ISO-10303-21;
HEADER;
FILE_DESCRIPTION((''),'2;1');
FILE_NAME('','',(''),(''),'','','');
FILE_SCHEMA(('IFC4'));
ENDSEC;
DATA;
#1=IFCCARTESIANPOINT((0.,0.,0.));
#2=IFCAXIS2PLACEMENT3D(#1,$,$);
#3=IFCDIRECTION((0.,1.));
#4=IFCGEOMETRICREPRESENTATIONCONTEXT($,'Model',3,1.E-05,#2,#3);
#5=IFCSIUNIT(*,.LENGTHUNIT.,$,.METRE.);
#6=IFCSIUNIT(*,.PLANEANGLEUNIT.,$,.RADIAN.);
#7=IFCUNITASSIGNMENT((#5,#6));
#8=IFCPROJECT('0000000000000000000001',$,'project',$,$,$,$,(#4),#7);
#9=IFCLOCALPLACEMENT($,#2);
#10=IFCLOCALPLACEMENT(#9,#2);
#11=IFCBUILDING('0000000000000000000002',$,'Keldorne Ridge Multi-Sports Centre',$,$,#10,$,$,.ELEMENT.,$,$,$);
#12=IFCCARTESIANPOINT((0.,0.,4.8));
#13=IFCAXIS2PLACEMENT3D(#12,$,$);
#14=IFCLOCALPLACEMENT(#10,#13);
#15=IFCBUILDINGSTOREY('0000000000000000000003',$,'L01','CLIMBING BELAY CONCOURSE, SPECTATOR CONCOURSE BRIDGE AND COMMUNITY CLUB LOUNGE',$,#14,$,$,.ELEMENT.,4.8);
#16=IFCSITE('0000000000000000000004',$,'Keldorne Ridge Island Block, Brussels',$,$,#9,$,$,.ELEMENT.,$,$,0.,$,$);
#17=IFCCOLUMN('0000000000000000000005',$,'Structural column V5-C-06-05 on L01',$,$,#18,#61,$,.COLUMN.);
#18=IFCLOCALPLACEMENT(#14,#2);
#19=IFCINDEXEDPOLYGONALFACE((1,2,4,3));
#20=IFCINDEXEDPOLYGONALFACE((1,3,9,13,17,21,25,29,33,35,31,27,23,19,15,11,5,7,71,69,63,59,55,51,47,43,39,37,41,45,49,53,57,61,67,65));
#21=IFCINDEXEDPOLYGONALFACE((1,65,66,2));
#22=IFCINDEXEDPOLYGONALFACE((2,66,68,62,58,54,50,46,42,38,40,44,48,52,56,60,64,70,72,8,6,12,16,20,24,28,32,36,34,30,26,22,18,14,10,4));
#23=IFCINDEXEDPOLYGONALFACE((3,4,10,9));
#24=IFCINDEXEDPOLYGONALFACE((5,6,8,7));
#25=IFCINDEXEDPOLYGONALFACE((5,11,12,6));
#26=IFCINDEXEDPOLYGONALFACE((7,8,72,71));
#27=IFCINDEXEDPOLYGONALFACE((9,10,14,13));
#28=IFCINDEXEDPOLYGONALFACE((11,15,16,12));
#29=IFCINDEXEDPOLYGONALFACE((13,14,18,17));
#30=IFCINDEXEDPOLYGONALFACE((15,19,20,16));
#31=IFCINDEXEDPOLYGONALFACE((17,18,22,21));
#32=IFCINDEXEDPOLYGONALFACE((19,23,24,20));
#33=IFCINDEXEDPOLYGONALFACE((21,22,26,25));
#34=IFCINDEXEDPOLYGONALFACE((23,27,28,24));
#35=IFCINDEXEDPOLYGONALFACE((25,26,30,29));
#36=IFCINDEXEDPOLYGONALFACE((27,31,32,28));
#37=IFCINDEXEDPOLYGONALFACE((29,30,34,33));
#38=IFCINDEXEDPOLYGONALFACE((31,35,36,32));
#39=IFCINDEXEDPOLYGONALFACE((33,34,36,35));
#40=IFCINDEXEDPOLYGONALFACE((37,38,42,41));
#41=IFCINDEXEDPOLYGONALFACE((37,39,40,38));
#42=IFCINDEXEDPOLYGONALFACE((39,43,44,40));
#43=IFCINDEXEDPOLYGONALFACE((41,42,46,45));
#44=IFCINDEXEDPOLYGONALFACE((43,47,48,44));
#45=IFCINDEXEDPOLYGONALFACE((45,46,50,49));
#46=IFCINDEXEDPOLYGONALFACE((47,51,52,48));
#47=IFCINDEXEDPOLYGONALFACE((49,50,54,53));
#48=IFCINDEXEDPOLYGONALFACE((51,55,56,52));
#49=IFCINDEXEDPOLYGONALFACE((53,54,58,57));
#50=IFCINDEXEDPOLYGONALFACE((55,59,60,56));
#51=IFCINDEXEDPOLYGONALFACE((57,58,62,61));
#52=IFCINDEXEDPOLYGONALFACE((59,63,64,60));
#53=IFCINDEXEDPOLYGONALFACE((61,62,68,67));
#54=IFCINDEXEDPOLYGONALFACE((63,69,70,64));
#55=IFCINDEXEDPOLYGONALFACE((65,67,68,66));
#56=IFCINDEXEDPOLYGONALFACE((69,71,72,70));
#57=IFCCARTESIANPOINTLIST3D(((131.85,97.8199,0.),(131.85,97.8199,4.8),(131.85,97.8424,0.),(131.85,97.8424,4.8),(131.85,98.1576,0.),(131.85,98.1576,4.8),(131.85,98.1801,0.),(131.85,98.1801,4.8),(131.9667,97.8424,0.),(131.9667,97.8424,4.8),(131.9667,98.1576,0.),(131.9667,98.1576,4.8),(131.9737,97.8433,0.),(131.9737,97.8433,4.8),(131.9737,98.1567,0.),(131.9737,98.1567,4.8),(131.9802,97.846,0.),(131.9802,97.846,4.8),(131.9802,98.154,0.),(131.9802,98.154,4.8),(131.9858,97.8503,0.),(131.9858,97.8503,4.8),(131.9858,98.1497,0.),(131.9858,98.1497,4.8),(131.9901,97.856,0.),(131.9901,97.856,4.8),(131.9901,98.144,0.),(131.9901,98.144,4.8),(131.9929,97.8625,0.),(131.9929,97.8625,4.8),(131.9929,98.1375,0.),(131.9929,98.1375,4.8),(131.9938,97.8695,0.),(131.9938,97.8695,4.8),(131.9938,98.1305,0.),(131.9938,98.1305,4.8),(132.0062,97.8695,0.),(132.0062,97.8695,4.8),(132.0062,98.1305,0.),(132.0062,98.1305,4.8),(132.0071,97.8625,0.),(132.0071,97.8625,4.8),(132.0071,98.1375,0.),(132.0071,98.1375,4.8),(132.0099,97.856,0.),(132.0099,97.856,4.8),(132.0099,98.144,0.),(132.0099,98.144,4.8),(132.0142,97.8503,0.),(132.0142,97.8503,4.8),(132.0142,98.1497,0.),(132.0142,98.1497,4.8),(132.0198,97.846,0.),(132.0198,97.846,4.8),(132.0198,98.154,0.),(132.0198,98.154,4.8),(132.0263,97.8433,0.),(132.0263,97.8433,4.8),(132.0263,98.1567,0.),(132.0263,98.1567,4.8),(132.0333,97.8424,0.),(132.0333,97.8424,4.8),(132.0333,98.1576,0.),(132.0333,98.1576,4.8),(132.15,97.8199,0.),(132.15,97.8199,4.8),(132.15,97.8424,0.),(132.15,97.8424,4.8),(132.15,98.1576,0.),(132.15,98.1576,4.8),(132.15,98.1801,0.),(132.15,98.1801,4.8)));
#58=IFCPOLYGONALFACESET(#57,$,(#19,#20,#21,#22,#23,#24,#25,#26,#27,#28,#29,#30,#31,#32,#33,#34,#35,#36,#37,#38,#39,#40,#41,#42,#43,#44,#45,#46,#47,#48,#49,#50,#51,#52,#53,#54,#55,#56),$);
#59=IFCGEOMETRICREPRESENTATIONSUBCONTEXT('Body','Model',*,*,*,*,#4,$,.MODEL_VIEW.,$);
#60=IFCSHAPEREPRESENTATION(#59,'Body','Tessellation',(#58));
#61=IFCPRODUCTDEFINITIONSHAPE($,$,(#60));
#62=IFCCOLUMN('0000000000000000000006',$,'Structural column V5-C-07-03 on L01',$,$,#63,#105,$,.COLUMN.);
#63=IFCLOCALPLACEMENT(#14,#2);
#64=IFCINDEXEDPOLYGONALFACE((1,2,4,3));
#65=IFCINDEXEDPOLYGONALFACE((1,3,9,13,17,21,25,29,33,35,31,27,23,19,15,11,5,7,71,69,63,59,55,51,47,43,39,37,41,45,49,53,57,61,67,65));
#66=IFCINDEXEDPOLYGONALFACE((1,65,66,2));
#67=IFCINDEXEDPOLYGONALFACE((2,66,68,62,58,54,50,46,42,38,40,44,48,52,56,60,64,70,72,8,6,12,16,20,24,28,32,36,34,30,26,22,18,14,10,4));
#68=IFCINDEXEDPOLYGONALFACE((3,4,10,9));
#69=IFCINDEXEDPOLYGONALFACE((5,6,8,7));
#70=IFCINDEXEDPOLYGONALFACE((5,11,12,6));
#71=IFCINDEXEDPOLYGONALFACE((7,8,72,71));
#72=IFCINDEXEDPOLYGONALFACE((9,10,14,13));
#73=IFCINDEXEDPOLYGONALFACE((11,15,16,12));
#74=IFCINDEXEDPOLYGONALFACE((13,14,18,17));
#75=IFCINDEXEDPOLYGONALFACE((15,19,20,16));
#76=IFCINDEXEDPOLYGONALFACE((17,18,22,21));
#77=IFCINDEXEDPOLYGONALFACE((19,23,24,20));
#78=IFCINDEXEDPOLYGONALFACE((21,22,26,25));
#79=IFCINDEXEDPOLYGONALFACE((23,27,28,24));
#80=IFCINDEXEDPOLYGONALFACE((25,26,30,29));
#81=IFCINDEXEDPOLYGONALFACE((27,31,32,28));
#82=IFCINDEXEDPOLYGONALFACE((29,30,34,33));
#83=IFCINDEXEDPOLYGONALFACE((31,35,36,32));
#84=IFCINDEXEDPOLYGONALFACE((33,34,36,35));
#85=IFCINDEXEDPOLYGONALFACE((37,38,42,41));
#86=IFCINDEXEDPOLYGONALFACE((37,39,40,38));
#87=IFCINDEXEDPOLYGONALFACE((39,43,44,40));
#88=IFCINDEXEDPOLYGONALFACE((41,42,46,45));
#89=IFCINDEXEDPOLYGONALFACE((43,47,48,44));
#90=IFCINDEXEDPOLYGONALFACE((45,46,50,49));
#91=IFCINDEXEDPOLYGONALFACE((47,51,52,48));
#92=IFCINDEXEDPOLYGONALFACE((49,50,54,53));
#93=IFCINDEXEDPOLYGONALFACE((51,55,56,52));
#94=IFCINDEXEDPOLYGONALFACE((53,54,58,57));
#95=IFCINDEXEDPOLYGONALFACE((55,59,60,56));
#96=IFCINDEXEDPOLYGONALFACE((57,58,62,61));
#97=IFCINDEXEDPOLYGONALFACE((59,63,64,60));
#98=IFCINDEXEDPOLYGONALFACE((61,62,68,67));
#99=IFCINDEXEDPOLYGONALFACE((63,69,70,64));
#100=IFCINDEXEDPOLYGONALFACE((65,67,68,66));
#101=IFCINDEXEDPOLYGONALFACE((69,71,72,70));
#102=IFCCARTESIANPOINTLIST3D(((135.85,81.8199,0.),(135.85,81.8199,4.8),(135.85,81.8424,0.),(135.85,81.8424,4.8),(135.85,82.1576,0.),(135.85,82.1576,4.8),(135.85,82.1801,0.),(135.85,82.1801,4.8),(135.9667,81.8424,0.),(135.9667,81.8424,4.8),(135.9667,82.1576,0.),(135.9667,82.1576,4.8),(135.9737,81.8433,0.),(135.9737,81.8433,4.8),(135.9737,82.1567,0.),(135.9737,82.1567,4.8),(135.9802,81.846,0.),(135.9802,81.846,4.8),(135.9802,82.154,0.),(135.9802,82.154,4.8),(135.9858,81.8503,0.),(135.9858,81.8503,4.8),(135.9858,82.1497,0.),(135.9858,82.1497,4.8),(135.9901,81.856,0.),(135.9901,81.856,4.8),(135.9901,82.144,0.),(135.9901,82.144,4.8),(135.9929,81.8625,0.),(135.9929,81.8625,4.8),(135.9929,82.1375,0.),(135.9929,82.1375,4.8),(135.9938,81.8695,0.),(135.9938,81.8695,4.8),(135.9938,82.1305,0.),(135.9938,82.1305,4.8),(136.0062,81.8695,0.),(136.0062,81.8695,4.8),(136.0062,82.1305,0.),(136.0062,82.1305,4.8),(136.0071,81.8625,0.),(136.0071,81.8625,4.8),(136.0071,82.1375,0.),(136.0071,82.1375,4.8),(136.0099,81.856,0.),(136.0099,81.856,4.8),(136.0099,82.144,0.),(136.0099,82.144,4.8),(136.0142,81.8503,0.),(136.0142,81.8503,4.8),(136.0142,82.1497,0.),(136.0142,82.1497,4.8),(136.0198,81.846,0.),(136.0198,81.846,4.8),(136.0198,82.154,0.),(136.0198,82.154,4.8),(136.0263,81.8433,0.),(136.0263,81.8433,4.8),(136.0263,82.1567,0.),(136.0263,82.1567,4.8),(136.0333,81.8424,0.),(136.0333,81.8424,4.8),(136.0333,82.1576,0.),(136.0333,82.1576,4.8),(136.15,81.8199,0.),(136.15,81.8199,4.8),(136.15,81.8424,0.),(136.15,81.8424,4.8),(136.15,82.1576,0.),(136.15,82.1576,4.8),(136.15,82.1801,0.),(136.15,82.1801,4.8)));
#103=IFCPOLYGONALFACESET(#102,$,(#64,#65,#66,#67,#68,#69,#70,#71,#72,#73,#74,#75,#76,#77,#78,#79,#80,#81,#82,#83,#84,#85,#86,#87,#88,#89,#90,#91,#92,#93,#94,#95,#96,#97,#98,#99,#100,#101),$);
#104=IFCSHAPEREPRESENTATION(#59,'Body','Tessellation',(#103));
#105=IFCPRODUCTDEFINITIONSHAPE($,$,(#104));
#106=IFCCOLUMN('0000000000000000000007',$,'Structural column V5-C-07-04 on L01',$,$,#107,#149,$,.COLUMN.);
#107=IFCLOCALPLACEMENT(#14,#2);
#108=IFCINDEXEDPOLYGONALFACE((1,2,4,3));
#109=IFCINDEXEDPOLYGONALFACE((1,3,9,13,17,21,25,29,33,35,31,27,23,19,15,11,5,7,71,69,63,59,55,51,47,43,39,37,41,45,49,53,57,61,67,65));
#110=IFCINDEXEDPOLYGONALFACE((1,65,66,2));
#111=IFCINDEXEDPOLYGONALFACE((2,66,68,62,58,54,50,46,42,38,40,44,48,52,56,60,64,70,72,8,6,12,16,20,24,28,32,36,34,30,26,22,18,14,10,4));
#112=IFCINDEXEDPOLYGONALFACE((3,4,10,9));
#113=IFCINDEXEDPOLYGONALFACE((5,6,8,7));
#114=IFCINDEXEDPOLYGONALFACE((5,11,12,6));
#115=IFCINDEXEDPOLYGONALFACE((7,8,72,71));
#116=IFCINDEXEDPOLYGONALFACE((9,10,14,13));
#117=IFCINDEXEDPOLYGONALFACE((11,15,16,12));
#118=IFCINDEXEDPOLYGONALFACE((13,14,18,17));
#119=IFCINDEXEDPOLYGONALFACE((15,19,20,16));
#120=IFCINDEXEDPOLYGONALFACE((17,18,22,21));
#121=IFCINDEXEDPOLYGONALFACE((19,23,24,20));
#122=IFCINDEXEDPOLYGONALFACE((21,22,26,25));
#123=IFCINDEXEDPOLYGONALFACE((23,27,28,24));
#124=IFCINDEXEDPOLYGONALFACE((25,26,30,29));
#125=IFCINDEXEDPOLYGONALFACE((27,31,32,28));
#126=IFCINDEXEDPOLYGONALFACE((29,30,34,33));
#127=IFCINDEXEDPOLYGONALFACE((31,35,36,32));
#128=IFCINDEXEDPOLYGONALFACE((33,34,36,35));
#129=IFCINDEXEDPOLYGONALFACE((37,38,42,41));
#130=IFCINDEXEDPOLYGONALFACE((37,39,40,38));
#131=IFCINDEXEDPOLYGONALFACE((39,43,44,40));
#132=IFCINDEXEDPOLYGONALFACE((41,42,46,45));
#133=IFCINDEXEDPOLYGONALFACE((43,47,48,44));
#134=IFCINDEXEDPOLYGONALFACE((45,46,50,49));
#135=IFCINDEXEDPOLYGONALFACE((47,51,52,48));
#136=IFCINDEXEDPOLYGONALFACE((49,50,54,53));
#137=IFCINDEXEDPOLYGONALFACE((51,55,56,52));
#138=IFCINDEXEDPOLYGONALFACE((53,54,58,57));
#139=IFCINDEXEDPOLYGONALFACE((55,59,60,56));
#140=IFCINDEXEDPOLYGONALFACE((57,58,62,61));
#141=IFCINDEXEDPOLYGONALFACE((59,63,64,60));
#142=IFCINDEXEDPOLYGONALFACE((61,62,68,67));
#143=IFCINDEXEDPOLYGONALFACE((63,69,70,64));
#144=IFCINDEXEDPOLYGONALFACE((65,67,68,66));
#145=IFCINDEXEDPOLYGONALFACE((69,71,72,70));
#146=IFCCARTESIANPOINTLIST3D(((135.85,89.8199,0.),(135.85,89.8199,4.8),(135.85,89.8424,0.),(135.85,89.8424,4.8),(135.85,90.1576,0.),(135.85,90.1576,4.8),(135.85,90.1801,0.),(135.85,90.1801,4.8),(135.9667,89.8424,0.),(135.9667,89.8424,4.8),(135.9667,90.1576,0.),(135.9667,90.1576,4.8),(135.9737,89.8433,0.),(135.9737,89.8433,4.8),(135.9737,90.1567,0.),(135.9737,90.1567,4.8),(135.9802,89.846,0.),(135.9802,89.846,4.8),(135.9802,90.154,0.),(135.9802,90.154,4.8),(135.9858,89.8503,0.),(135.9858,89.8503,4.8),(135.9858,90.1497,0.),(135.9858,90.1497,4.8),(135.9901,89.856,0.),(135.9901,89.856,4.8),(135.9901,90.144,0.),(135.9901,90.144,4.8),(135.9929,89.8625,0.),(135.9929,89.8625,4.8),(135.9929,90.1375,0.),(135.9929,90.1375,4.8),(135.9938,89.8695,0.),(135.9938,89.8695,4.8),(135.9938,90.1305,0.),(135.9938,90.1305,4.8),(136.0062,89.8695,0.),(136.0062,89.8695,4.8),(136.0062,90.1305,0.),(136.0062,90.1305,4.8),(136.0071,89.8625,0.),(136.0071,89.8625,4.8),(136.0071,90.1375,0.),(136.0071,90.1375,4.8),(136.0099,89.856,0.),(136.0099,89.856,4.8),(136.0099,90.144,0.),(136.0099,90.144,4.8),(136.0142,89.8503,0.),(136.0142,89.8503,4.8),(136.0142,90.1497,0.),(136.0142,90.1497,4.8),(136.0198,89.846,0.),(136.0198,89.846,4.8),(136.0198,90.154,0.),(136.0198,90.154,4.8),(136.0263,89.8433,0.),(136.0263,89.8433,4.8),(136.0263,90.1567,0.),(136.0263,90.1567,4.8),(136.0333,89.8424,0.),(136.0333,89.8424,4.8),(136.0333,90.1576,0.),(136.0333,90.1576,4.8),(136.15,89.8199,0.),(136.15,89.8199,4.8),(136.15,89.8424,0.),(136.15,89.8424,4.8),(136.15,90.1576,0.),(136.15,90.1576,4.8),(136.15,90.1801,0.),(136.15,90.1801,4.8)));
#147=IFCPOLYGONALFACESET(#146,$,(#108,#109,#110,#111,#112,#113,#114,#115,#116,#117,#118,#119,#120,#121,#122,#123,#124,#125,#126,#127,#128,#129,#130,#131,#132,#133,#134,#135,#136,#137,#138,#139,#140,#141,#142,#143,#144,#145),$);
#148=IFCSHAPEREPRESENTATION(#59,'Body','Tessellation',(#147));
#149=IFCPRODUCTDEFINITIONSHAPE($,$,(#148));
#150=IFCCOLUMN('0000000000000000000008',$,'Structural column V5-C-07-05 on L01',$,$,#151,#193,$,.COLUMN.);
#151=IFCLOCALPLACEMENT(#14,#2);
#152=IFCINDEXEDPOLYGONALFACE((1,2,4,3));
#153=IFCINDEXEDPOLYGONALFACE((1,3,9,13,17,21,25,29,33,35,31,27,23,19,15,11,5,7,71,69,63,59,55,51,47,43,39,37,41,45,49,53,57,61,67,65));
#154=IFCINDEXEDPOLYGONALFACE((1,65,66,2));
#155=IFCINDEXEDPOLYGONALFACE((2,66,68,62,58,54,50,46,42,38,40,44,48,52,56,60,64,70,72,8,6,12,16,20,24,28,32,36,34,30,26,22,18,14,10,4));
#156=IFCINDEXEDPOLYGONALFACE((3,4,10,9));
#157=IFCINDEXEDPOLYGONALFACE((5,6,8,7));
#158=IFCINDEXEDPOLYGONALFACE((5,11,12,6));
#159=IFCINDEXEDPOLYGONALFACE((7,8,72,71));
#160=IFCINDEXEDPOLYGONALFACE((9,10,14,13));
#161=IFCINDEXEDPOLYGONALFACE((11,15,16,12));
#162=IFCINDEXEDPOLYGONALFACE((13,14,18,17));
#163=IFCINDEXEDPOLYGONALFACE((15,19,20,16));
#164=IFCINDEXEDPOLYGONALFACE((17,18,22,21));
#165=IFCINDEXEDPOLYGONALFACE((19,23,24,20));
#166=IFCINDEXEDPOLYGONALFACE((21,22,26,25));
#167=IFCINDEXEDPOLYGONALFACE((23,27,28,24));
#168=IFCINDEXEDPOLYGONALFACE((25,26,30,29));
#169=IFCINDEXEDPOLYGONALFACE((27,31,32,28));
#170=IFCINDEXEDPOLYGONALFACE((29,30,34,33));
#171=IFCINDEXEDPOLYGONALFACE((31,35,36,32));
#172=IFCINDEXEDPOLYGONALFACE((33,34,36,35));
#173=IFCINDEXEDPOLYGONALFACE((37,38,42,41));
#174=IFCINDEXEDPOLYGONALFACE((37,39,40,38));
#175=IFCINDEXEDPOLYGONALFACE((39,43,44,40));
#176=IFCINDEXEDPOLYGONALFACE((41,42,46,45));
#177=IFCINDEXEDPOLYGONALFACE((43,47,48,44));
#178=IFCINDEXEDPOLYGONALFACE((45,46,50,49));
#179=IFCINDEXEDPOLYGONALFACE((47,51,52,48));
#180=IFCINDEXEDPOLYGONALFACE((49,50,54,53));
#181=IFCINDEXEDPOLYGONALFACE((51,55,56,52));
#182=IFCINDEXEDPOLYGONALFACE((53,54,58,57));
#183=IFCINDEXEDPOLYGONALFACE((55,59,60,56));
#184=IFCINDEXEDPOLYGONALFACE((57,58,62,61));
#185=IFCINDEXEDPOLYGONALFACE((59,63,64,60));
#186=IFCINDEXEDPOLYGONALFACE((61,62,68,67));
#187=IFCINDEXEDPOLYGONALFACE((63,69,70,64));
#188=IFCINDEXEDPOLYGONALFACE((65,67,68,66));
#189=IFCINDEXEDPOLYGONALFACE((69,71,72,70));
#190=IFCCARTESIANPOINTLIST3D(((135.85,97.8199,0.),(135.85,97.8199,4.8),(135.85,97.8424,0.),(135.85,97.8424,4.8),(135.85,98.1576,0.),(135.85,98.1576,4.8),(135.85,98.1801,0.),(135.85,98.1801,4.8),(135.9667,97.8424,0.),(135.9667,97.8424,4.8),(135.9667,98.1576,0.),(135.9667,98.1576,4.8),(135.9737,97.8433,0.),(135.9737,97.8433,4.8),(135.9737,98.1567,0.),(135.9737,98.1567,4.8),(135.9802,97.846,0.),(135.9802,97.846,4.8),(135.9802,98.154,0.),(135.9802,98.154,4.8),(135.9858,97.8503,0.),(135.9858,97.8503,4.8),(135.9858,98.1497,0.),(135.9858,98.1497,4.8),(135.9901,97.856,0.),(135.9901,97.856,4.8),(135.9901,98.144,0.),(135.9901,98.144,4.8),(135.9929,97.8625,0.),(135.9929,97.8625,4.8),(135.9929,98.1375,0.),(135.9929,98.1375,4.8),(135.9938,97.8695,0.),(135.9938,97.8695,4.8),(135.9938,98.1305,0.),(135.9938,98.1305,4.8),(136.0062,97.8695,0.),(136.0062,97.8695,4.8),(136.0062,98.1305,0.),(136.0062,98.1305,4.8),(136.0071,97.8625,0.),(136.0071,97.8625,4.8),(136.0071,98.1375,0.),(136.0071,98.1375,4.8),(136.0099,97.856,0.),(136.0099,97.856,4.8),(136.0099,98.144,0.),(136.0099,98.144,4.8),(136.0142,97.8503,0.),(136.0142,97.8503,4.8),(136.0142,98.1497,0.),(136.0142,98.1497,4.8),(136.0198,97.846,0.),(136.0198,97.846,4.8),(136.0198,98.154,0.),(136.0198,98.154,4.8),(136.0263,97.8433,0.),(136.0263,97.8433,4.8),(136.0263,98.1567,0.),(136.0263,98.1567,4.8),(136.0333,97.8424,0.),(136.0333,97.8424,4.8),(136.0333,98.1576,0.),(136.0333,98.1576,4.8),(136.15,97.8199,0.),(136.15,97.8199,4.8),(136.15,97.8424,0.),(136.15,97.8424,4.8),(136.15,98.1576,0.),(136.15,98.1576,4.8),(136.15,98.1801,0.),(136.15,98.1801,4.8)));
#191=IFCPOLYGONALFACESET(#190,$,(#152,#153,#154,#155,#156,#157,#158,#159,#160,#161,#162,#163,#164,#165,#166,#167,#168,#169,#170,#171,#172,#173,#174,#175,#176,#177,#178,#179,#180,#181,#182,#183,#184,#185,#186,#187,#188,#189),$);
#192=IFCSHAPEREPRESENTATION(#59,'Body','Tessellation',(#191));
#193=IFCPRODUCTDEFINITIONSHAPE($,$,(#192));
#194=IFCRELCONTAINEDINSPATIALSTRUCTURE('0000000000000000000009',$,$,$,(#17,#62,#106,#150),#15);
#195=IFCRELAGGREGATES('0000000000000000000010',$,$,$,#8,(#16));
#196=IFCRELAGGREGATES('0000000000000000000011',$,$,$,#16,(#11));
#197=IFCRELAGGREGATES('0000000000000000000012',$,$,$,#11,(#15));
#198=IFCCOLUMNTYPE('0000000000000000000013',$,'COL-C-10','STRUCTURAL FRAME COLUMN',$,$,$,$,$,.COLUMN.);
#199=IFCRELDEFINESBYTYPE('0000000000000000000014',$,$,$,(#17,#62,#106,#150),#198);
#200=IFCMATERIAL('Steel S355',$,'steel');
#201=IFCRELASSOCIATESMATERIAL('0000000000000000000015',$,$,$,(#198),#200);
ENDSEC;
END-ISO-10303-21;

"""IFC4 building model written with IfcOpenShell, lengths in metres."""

from ifc_helpers import new_model, si_unit, direction, frame, origin, origin_2d, place, context, subcontext, project, spatial, i_section, extrude, material, material_profile, profile_set, type_object, element, save


model = new_model("IFC4")

# Units and contexts
model_context = context("Model", 3, precision=1e-05, world=origin(), true_north=direction((0.0, 1.0)))
body_context = subcontext(model_context, "Body", "Model", "MODEL_VIEW")
ifc_project = project(units=[si_unit("LENGTHUNIT", "METRE"), si_unit("PLANEANGLEUNIT", "RADIAN")], contexts=[model_context])

# Site, building, storey
site_placement = place(None, origin())
site = spatial("IfcSite", under=ifc_project, at=site_placement, Name="Keldorne Ridge Island Block, Brussels", CompositionType="ELEMENT", RefElevation=0.0)
building_placement = place(site_placement, origin())
building = spatial("IfcBuilding", under=site, at=building_placement, Name="Keldorne Ridge Multi-Sports Centre", CompositionType="ELEMENT")
storey_placement = place(building_placement, frame((0.0, 0.0, 4.8)))
storey = spatial("IfcBuildingStorey", under=building, at=storey_placement, Name="L01", Description="CLIMBING BELAY CONCOURSE, SPECTATOR CONCOURSE BRIDGE AND COMMUNITY CLUB LOUNGE", CompositionType="ELEMENT", Elevation=4.8)

# Columns
ifc_material = material(Name="Steel S355", Category="steel")
ifc_material_profile_1 = material_profile(ifc_material, i_section(OverallWidth=0.3, OverallDepth=0.3601, WebThickness=0.0125, FlangeThickness=0.0225, FilletRadius=0.0271, at=origin_2d()), Name="HEB 360")
ifc_profile_set_1 = profile_set([ifc_material_profile_1], Name="Steel S355")
column_type = type_object("IfcColumnType", Name="COL-C-10", Description="STRUCTURAL FRAME COLUMN", PredefinedType="COLUMN", material=ifc_profile_set_1)
for number, where, z_axis, x_axis, name in (
    (1, (132.0, 98.0, 0.0), (0.0, 0.0, 1.0), (1.0, 0.0, 0.0), "Structural column V5-C-06-05 on L01"),
    (2, (136.0, 82.0, 0.0), (0.0, 0.0, 1.0), (1.0, 0.0, 0.0), "Structural column V5-C-07-03 on L01"),
    (3, (136.0, 90.0, 0.0), (0.0, 0.0, 1.0), (1.0, 0.0, 0.0), "Structural column V5-C-07-04 on L01"),
    (4, (136.0, 98.0, 0.0), (0.0, 0.0, 1.0), (1.0, 0.0, 0.0), "Structural column V5-C-07-05 on L01"),
):
    element("IfcColumn", number, at=place(storey_placement, frame(where, z_axis=z_axis, x_axis=x_axis)), inside=storey, type_object=column_type, Name=name, PredefinedType="COLUMN", context=body_context, shape_type="SweptSolid", body=[
        extrude(i_section(OverallWidth=0.3, OverallDepth=0.3601, WebThickness=0.0125, FlangeThickness=0.0225, FilletRadius=0.0271, at=origin_2d()), origin(), (0.0, 0.0, 1.0), 4.8),
    ])

save(model, "model.ifc")
